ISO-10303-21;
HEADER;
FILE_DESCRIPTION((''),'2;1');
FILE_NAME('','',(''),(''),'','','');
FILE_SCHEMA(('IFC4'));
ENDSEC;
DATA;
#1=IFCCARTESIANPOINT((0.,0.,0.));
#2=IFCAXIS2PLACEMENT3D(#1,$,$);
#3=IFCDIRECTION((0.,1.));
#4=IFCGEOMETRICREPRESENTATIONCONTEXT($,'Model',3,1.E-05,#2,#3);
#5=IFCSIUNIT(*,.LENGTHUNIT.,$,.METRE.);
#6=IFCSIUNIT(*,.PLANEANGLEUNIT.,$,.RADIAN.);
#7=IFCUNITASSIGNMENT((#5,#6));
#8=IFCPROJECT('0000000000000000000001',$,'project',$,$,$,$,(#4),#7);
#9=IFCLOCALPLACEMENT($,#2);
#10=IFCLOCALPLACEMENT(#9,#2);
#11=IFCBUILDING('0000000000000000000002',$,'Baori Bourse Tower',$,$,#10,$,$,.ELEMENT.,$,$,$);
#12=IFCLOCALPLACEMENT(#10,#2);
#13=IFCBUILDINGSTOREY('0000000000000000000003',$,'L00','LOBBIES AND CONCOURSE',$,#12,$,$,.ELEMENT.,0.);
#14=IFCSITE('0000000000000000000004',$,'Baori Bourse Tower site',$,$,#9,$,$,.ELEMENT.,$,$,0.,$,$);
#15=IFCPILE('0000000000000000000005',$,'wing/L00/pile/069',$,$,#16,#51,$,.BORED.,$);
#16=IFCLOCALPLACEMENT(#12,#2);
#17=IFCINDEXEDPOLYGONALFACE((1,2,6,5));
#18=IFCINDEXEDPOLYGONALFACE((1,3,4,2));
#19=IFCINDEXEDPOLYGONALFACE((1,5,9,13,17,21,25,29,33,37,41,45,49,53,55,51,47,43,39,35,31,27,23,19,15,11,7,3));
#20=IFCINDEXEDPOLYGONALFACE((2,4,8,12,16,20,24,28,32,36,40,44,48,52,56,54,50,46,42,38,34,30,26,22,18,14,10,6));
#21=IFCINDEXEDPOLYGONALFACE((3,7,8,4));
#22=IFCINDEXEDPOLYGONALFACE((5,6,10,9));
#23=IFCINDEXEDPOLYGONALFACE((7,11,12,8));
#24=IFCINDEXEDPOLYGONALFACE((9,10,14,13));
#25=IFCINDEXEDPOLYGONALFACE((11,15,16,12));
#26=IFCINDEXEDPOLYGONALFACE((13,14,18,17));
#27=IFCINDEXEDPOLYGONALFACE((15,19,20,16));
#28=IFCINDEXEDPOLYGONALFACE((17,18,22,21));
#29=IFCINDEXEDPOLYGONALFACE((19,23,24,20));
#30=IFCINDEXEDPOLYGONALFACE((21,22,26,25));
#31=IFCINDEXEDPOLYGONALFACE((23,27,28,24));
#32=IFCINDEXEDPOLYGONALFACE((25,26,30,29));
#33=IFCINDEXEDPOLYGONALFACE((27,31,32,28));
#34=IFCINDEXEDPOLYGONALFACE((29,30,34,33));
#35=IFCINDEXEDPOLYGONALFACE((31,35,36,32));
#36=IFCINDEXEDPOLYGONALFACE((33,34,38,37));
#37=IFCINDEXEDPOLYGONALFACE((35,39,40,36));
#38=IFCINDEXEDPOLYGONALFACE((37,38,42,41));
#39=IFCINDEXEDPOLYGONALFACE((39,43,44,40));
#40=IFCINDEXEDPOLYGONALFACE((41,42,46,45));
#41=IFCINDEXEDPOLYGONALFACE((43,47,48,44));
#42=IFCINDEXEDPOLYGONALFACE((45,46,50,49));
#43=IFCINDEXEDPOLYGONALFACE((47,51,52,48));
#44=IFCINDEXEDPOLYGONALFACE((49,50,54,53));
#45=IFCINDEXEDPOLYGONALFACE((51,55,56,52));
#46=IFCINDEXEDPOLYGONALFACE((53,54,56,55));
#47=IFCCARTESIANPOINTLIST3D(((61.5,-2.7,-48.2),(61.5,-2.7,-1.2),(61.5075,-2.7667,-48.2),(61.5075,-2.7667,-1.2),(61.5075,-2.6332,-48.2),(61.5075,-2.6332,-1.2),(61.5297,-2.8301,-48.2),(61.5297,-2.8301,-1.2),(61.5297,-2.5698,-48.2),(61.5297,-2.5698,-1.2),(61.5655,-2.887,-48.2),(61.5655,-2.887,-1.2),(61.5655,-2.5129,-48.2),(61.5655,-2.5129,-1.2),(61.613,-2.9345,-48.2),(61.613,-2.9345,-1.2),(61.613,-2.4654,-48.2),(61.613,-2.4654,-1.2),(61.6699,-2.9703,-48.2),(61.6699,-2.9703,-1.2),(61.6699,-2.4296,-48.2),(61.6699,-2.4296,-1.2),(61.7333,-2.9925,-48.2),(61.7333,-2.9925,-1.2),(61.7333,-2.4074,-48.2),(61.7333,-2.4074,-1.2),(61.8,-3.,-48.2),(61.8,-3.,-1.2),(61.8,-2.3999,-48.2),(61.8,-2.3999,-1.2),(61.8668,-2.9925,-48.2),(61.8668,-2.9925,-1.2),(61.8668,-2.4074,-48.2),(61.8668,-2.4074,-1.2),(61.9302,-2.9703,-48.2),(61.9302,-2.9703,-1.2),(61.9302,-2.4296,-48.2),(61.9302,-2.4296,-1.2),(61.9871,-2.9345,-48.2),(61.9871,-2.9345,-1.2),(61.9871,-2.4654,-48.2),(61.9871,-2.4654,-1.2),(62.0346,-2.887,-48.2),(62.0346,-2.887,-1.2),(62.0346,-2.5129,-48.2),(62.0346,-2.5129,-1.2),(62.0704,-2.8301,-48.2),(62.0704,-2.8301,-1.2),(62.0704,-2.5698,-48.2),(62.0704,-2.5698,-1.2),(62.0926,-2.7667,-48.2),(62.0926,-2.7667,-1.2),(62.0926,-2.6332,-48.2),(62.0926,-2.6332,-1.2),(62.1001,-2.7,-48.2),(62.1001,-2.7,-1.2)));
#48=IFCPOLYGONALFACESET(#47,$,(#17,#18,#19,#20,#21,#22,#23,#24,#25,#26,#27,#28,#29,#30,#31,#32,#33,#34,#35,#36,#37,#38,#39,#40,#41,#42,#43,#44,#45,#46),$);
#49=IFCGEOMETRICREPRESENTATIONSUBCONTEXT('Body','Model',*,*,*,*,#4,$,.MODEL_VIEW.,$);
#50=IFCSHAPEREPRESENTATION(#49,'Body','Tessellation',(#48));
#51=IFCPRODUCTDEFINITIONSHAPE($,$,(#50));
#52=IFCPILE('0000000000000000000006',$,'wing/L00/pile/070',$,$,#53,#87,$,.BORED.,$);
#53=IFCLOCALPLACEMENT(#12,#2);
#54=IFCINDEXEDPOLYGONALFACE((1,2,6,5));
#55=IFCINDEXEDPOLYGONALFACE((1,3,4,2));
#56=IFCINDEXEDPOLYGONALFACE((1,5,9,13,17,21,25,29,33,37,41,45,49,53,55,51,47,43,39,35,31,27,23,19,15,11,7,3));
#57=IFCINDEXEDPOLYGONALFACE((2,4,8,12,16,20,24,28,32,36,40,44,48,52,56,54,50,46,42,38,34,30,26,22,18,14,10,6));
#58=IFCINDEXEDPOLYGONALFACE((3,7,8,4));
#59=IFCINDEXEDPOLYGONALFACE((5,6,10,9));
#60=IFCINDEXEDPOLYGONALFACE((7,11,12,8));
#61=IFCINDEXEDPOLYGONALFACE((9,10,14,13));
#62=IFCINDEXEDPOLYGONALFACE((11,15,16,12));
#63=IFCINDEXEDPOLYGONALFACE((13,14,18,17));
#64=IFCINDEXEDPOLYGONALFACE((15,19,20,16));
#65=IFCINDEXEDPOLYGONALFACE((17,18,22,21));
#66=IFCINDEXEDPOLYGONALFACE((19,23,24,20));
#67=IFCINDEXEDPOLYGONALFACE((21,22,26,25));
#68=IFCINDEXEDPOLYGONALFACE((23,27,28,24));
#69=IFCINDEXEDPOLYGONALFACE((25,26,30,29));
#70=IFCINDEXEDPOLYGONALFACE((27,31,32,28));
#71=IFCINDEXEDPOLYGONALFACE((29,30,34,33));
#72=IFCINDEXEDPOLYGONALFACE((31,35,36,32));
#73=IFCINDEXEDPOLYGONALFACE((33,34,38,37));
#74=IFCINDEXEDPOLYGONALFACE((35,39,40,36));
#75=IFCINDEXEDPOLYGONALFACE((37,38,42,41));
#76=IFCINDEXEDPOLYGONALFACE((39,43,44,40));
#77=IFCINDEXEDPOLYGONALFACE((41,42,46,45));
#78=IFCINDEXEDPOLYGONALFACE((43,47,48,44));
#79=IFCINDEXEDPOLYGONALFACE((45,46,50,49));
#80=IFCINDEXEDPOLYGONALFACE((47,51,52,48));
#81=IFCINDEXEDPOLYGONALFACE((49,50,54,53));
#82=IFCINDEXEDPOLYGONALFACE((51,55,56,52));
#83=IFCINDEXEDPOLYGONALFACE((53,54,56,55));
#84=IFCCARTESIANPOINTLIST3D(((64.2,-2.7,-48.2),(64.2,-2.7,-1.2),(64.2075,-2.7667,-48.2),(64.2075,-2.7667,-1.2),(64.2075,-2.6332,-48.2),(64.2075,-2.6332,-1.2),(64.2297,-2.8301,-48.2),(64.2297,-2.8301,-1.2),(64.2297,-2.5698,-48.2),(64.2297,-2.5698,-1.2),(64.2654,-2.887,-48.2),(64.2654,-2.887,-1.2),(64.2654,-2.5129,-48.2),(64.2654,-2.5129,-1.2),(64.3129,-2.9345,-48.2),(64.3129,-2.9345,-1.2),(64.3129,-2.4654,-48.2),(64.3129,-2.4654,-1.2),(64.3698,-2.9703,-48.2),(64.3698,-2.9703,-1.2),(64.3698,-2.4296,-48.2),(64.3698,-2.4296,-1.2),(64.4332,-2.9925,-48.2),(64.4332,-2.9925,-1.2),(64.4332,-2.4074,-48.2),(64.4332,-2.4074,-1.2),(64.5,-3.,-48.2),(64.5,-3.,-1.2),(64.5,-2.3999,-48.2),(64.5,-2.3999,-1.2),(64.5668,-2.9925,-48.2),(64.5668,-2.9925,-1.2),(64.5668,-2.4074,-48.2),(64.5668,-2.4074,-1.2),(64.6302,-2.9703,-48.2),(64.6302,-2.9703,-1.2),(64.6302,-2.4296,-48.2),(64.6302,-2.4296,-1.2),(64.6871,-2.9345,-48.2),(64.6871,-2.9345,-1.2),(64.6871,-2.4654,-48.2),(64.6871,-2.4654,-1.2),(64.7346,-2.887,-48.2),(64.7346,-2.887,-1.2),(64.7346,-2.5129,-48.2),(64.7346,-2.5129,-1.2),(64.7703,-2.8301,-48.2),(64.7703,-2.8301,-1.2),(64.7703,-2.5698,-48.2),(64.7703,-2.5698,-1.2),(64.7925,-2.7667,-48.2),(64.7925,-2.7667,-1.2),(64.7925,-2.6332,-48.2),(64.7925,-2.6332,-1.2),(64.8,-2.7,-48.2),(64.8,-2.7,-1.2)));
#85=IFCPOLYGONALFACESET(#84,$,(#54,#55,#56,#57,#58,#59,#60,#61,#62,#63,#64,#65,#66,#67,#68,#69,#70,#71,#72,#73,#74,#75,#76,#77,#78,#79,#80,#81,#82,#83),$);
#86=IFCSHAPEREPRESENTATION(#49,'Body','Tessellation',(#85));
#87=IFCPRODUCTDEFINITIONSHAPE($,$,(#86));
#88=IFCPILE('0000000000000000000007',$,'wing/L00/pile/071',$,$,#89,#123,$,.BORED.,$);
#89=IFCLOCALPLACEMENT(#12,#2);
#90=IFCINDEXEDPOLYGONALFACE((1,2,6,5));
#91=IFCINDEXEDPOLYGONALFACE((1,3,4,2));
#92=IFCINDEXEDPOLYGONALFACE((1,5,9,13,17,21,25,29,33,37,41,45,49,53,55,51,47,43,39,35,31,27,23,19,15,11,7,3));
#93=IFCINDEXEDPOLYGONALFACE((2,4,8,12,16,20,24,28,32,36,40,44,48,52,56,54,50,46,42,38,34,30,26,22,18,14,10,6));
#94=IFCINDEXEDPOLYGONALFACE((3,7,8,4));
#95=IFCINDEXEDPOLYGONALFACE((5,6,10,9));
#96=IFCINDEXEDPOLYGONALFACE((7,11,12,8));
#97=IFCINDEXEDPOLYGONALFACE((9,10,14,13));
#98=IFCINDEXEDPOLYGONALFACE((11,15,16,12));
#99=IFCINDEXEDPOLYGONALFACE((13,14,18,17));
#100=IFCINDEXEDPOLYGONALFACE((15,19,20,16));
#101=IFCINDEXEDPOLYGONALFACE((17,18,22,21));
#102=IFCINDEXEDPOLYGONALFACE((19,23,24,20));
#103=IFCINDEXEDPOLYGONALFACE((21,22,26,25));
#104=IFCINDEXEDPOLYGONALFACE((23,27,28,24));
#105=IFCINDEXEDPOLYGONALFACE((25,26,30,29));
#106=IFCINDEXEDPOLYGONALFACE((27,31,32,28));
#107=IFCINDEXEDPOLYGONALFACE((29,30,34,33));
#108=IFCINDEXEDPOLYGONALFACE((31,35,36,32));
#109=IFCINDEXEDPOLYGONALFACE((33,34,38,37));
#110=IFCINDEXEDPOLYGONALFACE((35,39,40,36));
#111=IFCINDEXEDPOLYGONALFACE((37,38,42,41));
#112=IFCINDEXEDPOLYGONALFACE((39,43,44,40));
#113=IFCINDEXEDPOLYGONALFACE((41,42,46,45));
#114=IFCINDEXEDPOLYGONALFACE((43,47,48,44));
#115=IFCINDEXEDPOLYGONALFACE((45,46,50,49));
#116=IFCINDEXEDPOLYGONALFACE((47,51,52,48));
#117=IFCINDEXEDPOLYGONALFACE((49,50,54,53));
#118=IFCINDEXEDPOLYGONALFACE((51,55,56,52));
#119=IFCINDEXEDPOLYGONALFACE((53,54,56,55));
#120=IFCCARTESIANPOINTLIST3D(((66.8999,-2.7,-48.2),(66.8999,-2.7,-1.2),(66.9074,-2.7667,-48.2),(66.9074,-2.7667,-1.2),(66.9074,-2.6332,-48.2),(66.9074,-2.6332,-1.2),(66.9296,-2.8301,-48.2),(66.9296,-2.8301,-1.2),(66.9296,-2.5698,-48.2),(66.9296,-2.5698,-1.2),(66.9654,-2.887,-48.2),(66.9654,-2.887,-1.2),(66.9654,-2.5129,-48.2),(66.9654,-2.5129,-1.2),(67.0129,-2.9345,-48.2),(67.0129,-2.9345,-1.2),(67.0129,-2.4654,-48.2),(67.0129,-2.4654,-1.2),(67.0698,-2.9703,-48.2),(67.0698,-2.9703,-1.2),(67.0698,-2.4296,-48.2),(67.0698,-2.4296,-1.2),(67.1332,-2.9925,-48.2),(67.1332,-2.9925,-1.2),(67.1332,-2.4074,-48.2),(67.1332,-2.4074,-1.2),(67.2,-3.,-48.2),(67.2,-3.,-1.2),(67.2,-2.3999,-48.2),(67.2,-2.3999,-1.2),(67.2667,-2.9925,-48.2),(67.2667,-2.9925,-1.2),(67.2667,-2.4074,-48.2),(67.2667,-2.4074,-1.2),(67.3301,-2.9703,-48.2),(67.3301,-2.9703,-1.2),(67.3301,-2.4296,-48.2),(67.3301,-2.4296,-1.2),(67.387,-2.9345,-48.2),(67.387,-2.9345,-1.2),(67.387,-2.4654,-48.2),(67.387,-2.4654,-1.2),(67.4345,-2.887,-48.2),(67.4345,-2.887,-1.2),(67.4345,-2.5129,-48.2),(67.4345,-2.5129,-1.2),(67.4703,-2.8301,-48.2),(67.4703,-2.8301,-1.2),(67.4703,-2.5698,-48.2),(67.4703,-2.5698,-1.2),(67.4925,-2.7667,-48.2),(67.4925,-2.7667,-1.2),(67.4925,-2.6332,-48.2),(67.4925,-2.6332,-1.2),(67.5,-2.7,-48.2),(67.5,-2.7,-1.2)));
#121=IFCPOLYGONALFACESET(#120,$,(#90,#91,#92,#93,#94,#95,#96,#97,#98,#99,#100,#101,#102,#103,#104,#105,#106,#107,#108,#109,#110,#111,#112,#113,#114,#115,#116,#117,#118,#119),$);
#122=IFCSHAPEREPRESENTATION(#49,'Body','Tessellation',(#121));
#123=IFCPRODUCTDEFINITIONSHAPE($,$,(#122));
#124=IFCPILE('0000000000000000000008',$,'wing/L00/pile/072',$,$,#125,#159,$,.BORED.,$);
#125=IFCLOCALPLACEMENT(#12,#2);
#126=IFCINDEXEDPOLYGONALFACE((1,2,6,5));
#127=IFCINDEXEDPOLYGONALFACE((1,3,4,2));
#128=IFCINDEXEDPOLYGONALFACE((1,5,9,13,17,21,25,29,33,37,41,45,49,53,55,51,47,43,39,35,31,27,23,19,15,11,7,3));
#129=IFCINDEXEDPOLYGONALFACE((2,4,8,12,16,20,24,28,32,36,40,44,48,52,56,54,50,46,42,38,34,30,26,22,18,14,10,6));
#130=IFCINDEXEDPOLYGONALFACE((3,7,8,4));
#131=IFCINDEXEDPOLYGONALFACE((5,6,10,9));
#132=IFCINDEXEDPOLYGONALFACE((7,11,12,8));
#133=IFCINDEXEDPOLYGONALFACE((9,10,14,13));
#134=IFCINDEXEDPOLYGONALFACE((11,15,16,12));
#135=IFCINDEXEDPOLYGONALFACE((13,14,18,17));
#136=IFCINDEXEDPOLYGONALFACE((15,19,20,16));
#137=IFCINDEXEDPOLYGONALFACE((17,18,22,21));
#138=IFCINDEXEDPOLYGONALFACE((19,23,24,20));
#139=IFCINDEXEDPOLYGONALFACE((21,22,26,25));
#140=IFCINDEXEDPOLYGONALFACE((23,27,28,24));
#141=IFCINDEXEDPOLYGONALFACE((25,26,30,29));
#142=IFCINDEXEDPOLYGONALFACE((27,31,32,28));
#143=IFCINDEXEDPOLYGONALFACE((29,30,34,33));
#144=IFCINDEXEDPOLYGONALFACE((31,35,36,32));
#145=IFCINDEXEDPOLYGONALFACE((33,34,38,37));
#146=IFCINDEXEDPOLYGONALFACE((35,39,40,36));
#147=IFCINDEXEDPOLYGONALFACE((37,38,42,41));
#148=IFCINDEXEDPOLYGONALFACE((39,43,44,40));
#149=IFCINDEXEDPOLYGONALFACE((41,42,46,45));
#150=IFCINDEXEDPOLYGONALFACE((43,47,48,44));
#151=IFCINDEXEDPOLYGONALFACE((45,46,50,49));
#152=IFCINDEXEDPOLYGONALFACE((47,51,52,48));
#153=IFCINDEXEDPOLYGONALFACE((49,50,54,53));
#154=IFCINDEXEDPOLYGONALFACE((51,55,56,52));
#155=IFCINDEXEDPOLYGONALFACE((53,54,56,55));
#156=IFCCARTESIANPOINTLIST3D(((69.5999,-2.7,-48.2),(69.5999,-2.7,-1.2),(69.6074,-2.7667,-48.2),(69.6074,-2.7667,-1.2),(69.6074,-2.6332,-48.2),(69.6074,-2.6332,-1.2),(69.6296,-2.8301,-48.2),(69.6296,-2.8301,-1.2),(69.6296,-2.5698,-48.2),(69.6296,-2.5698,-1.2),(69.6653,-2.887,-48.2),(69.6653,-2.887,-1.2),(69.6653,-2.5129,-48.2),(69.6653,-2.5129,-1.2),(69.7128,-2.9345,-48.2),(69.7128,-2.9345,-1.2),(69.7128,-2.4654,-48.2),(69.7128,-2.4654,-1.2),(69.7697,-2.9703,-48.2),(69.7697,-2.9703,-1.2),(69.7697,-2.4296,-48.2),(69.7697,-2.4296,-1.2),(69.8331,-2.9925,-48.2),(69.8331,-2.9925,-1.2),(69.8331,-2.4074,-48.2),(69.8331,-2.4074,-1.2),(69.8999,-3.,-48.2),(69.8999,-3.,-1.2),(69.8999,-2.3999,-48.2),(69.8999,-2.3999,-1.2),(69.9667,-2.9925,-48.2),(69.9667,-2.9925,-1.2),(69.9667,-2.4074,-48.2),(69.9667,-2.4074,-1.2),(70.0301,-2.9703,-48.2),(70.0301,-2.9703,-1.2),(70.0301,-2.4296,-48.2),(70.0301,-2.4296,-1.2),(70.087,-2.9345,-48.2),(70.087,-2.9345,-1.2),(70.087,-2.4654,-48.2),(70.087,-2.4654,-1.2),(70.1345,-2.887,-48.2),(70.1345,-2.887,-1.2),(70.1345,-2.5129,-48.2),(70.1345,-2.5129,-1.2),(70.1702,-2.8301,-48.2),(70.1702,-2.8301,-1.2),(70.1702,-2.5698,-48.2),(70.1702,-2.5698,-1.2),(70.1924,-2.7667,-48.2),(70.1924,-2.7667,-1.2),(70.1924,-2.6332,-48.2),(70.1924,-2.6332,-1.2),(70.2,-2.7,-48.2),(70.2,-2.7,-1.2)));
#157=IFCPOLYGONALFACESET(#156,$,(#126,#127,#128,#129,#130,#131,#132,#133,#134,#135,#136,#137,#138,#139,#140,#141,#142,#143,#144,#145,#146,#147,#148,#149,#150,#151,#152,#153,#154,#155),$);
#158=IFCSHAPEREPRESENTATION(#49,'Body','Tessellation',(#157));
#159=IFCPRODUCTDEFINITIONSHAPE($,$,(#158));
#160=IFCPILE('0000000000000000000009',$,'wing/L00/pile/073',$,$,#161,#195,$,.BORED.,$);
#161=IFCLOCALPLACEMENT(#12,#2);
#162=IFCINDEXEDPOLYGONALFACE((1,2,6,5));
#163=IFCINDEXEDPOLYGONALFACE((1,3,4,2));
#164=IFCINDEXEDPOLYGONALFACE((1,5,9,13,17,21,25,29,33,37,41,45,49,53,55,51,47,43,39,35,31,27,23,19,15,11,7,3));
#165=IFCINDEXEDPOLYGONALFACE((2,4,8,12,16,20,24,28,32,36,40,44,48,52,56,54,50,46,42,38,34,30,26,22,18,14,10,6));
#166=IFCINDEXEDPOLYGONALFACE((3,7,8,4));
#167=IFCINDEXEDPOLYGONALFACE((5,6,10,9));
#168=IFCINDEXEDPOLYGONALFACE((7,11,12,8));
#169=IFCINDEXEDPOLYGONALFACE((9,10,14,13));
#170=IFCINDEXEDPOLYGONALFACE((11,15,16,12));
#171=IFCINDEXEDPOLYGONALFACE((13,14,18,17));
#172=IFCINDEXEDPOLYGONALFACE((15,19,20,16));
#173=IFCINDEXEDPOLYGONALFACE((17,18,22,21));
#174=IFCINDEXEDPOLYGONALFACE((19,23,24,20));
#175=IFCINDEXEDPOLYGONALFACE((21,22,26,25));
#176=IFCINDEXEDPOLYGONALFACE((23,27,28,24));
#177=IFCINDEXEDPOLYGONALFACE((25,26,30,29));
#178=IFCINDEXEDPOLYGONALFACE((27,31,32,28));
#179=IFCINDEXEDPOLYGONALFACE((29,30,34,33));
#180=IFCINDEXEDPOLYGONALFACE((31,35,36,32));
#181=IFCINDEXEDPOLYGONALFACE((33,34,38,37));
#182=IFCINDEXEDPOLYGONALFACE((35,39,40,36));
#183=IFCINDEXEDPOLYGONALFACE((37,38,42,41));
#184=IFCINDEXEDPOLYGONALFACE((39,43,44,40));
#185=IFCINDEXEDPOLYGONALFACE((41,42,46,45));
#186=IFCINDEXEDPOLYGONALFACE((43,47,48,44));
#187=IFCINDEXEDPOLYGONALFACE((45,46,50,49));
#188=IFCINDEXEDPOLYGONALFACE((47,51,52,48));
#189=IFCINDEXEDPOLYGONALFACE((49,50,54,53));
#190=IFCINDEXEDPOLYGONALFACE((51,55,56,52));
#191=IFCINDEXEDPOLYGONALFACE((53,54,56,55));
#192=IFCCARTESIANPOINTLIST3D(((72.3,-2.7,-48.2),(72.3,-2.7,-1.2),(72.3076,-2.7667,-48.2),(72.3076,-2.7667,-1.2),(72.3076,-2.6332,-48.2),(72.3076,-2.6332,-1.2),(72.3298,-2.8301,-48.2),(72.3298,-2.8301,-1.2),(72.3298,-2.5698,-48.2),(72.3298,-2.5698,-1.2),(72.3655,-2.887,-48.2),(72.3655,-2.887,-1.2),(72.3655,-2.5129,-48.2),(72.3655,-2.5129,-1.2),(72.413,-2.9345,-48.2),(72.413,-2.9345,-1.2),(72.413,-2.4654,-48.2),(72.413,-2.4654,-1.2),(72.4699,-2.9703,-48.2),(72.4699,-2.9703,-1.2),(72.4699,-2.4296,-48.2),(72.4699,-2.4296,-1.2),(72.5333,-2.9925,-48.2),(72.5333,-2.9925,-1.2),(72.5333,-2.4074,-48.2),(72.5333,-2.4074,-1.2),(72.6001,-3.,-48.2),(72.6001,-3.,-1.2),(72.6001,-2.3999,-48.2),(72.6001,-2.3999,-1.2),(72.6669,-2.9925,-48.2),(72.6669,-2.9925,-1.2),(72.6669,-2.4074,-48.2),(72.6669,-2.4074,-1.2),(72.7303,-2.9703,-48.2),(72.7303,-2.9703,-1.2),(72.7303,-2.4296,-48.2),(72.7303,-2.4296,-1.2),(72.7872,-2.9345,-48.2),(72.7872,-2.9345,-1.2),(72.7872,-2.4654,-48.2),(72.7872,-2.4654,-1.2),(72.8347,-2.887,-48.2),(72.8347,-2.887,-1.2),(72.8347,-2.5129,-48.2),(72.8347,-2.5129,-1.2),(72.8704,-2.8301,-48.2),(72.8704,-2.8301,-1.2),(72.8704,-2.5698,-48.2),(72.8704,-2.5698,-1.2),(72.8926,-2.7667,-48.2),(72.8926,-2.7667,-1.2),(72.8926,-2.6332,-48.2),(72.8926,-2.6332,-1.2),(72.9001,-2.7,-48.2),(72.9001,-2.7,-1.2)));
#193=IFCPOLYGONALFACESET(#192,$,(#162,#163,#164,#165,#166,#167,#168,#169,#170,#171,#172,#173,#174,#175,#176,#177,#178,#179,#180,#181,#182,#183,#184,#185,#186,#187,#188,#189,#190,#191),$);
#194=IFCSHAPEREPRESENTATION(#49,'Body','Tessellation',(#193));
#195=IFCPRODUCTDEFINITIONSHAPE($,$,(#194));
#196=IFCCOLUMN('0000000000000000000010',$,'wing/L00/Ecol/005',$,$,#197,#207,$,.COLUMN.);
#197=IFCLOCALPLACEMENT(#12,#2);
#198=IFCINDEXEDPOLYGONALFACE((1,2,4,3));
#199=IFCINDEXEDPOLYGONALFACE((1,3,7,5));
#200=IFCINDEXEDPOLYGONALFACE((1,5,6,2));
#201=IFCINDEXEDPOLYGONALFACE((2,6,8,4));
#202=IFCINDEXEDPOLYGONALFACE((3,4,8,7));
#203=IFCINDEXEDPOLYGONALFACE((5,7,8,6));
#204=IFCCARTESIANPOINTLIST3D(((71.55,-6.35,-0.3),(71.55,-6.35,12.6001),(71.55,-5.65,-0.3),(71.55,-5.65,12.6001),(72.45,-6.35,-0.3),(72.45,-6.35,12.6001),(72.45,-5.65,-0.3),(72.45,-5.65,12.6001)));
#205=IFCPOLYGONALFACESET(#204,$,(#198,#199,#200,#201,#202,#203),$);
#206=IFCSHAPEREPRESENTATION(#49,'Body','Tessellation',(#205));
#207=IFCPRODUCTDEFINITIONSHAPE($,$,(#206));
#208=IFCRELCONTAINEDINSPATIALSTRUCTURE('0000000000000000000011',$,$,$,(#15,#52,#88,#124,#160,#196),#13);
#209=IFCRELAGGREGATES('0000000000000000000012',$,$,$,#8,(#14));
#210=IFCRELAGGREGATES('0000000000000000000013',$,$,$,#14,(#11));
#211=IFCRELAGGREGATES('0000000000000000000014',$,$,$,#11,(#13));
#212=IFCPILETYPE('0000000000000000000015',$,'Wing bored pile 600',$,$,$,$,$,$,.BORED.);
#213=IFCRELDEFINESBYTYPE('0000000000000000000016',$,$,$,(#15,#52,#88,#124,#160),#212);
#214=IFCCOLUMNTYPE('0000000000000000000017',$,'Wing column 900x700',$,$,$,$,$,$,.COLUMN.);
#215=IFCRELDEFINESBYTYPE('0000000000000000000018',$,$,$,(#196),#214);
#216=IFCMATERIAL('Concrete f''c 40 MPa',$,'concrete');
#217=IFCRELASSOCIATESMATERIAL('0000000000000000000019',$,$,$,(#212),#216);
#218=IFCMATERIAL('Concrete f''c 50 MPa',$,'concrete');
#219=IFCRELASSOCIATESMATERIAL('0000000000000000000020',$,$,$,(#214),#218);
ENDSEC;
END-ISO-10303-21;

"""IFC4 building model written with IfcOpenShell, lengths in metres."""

from ifc_helpers import new_model, si_unit, direction, frame, origin, origin_2d, place, context, subcontext, project, spatial, rectangle, circle, extrude, material, material_profile, profile_set, type_object, element, save


model = new_model("IFC4")

# Units and contexts
model_context = context("Model", 3, precision=1e-05, world=origin(), true_north=direction((0.0, 1.0)))
body_context = subcontext(model_context, "Body", "Model", "MODEL_VIEW")
ifc_project = project(units=[si_unit("LENGTHUNIT", "METRE"), si_unit("PLANEANGLEUNIT", "RADIAN")], contexts=[model_context])

# Site, building, storey
site_placement = place(None, origin())
site = spatial("IfcSite", under=ifc_project, at=site_placement, Name="Baori Bourse Tower site", CompositionType="ELEMENT", RefElevation=0.0)
building_placement = place(site_placement, origin())
building = spatial("IfcBuilding", under=site, at=building_placement, Name="Baori Bourse Tower", CompositionType="ELEMENT")
storey_placement = place(building_placement, origin())
storey = spatial("IfcBuildingStorey", under=building, at=storey_placement, Name="L00", Description="LOBBIES AND CONCOURSE", CompositionType="ELEMENT", Elevation=0.0)

# Piles
ifc_material_1 = material(Name="Concrete f'c 40 MPa", Category="concrete")
ifc_material_profile_1 = material_profile(ifc_material_1, circle(Radius=0.3, at=origin_2d()), Name="Wing bored pile 600")
ifc_profile_set_1 = profile_set([ifc_material_profile_1], Name="Concrete f'c 40 MPa")
pile_type = type_object("IfcPileType", Name="Wing bored pile 600", PredefinedType="BORED", material=ifc_profile_set_1)
for number, where, z_axis, x_axis, name in (
    (1, (61.8, -2.7, -1.2), (0.0, 0.0, -1.0), (1.0, 0.0, 0.0), "wing/L00/pile/069"),
    (2, (64.5, -2.7, -1.2), (0.0, 0.0, -1.0), (1.0, 0.0, 0.0), "wing/L00/pile/070"),
    (3, (67.2, -2.7, -1.2), (0.0, 0.0, -1.0), (1.0, 0.0, 0.0), "wing/L00/pile/071"),
    (4, (69.8999, -2.7, -1.2), (0.0, 0.0, -1.0), (1.0, 0.0, 0.0), "wing/L00/pile/072"),
    (5, (72.6001, -2.7, -1.2), (0.0, 0.0, -1.0), (1.0, 0.0, 0.0), "wing/L00/pile/073"),
):
    element("IfcPile", number, at=place(storey_placement, frame(where, z_axis=z_axis, x_axis=x_axis)), inside=storey, type_object=pile_type, Name=name, PredefinedType="BORED", context=body_context, shape_type="SweptSolid", body=[
        extrude(circle(Radius=0.3, at=origin_2d()), origin(), (0.0, 0.0, 1.0), 47.0),
    ])

# Column
ifc_material_2 = material(Name="Concrete f'c 50 MPa", Category="concrete")
ifc_material_profile_2 = material_profile(ifc_material_2, rectangle(XDim=0.8999, YDim=0.7, at=origin_2d()), Name="Wing column 900x700")
ifc_profile_set_2 = profile_set([ifc_material_profile_2], Name="Concrete f'c 50 MPa")
column_type = type_object("IfcColumnType", Name="Wing column 900x700", PredefinedType="COLUMN", material=ifc_profile_set_2)
for number, where, z_axis, x_axis, name in (
    (6, (72.0, -6.0, -0.3), (0.0, 0.0, 1.0), (1.0, 0.0, 0.0), "wing/L00/Ecol/005"),
):
    element("IfcColumn", number, at=place(storey_placement, frame(where, z_axis=z_axis, x_axis=x_axis)), inside=storey, type_object=column_type, Name=name, PredefinedType="COLUMN", context=body_context, shape_type="SweptSolid", body=[
        extrude(rectangle(XDim=0.8999, YDim=0.7, at=origin_2d()), origin(), (0.0, 0.0, 1.0), 12.9001),
    ])

save(model, "model.ifc")
